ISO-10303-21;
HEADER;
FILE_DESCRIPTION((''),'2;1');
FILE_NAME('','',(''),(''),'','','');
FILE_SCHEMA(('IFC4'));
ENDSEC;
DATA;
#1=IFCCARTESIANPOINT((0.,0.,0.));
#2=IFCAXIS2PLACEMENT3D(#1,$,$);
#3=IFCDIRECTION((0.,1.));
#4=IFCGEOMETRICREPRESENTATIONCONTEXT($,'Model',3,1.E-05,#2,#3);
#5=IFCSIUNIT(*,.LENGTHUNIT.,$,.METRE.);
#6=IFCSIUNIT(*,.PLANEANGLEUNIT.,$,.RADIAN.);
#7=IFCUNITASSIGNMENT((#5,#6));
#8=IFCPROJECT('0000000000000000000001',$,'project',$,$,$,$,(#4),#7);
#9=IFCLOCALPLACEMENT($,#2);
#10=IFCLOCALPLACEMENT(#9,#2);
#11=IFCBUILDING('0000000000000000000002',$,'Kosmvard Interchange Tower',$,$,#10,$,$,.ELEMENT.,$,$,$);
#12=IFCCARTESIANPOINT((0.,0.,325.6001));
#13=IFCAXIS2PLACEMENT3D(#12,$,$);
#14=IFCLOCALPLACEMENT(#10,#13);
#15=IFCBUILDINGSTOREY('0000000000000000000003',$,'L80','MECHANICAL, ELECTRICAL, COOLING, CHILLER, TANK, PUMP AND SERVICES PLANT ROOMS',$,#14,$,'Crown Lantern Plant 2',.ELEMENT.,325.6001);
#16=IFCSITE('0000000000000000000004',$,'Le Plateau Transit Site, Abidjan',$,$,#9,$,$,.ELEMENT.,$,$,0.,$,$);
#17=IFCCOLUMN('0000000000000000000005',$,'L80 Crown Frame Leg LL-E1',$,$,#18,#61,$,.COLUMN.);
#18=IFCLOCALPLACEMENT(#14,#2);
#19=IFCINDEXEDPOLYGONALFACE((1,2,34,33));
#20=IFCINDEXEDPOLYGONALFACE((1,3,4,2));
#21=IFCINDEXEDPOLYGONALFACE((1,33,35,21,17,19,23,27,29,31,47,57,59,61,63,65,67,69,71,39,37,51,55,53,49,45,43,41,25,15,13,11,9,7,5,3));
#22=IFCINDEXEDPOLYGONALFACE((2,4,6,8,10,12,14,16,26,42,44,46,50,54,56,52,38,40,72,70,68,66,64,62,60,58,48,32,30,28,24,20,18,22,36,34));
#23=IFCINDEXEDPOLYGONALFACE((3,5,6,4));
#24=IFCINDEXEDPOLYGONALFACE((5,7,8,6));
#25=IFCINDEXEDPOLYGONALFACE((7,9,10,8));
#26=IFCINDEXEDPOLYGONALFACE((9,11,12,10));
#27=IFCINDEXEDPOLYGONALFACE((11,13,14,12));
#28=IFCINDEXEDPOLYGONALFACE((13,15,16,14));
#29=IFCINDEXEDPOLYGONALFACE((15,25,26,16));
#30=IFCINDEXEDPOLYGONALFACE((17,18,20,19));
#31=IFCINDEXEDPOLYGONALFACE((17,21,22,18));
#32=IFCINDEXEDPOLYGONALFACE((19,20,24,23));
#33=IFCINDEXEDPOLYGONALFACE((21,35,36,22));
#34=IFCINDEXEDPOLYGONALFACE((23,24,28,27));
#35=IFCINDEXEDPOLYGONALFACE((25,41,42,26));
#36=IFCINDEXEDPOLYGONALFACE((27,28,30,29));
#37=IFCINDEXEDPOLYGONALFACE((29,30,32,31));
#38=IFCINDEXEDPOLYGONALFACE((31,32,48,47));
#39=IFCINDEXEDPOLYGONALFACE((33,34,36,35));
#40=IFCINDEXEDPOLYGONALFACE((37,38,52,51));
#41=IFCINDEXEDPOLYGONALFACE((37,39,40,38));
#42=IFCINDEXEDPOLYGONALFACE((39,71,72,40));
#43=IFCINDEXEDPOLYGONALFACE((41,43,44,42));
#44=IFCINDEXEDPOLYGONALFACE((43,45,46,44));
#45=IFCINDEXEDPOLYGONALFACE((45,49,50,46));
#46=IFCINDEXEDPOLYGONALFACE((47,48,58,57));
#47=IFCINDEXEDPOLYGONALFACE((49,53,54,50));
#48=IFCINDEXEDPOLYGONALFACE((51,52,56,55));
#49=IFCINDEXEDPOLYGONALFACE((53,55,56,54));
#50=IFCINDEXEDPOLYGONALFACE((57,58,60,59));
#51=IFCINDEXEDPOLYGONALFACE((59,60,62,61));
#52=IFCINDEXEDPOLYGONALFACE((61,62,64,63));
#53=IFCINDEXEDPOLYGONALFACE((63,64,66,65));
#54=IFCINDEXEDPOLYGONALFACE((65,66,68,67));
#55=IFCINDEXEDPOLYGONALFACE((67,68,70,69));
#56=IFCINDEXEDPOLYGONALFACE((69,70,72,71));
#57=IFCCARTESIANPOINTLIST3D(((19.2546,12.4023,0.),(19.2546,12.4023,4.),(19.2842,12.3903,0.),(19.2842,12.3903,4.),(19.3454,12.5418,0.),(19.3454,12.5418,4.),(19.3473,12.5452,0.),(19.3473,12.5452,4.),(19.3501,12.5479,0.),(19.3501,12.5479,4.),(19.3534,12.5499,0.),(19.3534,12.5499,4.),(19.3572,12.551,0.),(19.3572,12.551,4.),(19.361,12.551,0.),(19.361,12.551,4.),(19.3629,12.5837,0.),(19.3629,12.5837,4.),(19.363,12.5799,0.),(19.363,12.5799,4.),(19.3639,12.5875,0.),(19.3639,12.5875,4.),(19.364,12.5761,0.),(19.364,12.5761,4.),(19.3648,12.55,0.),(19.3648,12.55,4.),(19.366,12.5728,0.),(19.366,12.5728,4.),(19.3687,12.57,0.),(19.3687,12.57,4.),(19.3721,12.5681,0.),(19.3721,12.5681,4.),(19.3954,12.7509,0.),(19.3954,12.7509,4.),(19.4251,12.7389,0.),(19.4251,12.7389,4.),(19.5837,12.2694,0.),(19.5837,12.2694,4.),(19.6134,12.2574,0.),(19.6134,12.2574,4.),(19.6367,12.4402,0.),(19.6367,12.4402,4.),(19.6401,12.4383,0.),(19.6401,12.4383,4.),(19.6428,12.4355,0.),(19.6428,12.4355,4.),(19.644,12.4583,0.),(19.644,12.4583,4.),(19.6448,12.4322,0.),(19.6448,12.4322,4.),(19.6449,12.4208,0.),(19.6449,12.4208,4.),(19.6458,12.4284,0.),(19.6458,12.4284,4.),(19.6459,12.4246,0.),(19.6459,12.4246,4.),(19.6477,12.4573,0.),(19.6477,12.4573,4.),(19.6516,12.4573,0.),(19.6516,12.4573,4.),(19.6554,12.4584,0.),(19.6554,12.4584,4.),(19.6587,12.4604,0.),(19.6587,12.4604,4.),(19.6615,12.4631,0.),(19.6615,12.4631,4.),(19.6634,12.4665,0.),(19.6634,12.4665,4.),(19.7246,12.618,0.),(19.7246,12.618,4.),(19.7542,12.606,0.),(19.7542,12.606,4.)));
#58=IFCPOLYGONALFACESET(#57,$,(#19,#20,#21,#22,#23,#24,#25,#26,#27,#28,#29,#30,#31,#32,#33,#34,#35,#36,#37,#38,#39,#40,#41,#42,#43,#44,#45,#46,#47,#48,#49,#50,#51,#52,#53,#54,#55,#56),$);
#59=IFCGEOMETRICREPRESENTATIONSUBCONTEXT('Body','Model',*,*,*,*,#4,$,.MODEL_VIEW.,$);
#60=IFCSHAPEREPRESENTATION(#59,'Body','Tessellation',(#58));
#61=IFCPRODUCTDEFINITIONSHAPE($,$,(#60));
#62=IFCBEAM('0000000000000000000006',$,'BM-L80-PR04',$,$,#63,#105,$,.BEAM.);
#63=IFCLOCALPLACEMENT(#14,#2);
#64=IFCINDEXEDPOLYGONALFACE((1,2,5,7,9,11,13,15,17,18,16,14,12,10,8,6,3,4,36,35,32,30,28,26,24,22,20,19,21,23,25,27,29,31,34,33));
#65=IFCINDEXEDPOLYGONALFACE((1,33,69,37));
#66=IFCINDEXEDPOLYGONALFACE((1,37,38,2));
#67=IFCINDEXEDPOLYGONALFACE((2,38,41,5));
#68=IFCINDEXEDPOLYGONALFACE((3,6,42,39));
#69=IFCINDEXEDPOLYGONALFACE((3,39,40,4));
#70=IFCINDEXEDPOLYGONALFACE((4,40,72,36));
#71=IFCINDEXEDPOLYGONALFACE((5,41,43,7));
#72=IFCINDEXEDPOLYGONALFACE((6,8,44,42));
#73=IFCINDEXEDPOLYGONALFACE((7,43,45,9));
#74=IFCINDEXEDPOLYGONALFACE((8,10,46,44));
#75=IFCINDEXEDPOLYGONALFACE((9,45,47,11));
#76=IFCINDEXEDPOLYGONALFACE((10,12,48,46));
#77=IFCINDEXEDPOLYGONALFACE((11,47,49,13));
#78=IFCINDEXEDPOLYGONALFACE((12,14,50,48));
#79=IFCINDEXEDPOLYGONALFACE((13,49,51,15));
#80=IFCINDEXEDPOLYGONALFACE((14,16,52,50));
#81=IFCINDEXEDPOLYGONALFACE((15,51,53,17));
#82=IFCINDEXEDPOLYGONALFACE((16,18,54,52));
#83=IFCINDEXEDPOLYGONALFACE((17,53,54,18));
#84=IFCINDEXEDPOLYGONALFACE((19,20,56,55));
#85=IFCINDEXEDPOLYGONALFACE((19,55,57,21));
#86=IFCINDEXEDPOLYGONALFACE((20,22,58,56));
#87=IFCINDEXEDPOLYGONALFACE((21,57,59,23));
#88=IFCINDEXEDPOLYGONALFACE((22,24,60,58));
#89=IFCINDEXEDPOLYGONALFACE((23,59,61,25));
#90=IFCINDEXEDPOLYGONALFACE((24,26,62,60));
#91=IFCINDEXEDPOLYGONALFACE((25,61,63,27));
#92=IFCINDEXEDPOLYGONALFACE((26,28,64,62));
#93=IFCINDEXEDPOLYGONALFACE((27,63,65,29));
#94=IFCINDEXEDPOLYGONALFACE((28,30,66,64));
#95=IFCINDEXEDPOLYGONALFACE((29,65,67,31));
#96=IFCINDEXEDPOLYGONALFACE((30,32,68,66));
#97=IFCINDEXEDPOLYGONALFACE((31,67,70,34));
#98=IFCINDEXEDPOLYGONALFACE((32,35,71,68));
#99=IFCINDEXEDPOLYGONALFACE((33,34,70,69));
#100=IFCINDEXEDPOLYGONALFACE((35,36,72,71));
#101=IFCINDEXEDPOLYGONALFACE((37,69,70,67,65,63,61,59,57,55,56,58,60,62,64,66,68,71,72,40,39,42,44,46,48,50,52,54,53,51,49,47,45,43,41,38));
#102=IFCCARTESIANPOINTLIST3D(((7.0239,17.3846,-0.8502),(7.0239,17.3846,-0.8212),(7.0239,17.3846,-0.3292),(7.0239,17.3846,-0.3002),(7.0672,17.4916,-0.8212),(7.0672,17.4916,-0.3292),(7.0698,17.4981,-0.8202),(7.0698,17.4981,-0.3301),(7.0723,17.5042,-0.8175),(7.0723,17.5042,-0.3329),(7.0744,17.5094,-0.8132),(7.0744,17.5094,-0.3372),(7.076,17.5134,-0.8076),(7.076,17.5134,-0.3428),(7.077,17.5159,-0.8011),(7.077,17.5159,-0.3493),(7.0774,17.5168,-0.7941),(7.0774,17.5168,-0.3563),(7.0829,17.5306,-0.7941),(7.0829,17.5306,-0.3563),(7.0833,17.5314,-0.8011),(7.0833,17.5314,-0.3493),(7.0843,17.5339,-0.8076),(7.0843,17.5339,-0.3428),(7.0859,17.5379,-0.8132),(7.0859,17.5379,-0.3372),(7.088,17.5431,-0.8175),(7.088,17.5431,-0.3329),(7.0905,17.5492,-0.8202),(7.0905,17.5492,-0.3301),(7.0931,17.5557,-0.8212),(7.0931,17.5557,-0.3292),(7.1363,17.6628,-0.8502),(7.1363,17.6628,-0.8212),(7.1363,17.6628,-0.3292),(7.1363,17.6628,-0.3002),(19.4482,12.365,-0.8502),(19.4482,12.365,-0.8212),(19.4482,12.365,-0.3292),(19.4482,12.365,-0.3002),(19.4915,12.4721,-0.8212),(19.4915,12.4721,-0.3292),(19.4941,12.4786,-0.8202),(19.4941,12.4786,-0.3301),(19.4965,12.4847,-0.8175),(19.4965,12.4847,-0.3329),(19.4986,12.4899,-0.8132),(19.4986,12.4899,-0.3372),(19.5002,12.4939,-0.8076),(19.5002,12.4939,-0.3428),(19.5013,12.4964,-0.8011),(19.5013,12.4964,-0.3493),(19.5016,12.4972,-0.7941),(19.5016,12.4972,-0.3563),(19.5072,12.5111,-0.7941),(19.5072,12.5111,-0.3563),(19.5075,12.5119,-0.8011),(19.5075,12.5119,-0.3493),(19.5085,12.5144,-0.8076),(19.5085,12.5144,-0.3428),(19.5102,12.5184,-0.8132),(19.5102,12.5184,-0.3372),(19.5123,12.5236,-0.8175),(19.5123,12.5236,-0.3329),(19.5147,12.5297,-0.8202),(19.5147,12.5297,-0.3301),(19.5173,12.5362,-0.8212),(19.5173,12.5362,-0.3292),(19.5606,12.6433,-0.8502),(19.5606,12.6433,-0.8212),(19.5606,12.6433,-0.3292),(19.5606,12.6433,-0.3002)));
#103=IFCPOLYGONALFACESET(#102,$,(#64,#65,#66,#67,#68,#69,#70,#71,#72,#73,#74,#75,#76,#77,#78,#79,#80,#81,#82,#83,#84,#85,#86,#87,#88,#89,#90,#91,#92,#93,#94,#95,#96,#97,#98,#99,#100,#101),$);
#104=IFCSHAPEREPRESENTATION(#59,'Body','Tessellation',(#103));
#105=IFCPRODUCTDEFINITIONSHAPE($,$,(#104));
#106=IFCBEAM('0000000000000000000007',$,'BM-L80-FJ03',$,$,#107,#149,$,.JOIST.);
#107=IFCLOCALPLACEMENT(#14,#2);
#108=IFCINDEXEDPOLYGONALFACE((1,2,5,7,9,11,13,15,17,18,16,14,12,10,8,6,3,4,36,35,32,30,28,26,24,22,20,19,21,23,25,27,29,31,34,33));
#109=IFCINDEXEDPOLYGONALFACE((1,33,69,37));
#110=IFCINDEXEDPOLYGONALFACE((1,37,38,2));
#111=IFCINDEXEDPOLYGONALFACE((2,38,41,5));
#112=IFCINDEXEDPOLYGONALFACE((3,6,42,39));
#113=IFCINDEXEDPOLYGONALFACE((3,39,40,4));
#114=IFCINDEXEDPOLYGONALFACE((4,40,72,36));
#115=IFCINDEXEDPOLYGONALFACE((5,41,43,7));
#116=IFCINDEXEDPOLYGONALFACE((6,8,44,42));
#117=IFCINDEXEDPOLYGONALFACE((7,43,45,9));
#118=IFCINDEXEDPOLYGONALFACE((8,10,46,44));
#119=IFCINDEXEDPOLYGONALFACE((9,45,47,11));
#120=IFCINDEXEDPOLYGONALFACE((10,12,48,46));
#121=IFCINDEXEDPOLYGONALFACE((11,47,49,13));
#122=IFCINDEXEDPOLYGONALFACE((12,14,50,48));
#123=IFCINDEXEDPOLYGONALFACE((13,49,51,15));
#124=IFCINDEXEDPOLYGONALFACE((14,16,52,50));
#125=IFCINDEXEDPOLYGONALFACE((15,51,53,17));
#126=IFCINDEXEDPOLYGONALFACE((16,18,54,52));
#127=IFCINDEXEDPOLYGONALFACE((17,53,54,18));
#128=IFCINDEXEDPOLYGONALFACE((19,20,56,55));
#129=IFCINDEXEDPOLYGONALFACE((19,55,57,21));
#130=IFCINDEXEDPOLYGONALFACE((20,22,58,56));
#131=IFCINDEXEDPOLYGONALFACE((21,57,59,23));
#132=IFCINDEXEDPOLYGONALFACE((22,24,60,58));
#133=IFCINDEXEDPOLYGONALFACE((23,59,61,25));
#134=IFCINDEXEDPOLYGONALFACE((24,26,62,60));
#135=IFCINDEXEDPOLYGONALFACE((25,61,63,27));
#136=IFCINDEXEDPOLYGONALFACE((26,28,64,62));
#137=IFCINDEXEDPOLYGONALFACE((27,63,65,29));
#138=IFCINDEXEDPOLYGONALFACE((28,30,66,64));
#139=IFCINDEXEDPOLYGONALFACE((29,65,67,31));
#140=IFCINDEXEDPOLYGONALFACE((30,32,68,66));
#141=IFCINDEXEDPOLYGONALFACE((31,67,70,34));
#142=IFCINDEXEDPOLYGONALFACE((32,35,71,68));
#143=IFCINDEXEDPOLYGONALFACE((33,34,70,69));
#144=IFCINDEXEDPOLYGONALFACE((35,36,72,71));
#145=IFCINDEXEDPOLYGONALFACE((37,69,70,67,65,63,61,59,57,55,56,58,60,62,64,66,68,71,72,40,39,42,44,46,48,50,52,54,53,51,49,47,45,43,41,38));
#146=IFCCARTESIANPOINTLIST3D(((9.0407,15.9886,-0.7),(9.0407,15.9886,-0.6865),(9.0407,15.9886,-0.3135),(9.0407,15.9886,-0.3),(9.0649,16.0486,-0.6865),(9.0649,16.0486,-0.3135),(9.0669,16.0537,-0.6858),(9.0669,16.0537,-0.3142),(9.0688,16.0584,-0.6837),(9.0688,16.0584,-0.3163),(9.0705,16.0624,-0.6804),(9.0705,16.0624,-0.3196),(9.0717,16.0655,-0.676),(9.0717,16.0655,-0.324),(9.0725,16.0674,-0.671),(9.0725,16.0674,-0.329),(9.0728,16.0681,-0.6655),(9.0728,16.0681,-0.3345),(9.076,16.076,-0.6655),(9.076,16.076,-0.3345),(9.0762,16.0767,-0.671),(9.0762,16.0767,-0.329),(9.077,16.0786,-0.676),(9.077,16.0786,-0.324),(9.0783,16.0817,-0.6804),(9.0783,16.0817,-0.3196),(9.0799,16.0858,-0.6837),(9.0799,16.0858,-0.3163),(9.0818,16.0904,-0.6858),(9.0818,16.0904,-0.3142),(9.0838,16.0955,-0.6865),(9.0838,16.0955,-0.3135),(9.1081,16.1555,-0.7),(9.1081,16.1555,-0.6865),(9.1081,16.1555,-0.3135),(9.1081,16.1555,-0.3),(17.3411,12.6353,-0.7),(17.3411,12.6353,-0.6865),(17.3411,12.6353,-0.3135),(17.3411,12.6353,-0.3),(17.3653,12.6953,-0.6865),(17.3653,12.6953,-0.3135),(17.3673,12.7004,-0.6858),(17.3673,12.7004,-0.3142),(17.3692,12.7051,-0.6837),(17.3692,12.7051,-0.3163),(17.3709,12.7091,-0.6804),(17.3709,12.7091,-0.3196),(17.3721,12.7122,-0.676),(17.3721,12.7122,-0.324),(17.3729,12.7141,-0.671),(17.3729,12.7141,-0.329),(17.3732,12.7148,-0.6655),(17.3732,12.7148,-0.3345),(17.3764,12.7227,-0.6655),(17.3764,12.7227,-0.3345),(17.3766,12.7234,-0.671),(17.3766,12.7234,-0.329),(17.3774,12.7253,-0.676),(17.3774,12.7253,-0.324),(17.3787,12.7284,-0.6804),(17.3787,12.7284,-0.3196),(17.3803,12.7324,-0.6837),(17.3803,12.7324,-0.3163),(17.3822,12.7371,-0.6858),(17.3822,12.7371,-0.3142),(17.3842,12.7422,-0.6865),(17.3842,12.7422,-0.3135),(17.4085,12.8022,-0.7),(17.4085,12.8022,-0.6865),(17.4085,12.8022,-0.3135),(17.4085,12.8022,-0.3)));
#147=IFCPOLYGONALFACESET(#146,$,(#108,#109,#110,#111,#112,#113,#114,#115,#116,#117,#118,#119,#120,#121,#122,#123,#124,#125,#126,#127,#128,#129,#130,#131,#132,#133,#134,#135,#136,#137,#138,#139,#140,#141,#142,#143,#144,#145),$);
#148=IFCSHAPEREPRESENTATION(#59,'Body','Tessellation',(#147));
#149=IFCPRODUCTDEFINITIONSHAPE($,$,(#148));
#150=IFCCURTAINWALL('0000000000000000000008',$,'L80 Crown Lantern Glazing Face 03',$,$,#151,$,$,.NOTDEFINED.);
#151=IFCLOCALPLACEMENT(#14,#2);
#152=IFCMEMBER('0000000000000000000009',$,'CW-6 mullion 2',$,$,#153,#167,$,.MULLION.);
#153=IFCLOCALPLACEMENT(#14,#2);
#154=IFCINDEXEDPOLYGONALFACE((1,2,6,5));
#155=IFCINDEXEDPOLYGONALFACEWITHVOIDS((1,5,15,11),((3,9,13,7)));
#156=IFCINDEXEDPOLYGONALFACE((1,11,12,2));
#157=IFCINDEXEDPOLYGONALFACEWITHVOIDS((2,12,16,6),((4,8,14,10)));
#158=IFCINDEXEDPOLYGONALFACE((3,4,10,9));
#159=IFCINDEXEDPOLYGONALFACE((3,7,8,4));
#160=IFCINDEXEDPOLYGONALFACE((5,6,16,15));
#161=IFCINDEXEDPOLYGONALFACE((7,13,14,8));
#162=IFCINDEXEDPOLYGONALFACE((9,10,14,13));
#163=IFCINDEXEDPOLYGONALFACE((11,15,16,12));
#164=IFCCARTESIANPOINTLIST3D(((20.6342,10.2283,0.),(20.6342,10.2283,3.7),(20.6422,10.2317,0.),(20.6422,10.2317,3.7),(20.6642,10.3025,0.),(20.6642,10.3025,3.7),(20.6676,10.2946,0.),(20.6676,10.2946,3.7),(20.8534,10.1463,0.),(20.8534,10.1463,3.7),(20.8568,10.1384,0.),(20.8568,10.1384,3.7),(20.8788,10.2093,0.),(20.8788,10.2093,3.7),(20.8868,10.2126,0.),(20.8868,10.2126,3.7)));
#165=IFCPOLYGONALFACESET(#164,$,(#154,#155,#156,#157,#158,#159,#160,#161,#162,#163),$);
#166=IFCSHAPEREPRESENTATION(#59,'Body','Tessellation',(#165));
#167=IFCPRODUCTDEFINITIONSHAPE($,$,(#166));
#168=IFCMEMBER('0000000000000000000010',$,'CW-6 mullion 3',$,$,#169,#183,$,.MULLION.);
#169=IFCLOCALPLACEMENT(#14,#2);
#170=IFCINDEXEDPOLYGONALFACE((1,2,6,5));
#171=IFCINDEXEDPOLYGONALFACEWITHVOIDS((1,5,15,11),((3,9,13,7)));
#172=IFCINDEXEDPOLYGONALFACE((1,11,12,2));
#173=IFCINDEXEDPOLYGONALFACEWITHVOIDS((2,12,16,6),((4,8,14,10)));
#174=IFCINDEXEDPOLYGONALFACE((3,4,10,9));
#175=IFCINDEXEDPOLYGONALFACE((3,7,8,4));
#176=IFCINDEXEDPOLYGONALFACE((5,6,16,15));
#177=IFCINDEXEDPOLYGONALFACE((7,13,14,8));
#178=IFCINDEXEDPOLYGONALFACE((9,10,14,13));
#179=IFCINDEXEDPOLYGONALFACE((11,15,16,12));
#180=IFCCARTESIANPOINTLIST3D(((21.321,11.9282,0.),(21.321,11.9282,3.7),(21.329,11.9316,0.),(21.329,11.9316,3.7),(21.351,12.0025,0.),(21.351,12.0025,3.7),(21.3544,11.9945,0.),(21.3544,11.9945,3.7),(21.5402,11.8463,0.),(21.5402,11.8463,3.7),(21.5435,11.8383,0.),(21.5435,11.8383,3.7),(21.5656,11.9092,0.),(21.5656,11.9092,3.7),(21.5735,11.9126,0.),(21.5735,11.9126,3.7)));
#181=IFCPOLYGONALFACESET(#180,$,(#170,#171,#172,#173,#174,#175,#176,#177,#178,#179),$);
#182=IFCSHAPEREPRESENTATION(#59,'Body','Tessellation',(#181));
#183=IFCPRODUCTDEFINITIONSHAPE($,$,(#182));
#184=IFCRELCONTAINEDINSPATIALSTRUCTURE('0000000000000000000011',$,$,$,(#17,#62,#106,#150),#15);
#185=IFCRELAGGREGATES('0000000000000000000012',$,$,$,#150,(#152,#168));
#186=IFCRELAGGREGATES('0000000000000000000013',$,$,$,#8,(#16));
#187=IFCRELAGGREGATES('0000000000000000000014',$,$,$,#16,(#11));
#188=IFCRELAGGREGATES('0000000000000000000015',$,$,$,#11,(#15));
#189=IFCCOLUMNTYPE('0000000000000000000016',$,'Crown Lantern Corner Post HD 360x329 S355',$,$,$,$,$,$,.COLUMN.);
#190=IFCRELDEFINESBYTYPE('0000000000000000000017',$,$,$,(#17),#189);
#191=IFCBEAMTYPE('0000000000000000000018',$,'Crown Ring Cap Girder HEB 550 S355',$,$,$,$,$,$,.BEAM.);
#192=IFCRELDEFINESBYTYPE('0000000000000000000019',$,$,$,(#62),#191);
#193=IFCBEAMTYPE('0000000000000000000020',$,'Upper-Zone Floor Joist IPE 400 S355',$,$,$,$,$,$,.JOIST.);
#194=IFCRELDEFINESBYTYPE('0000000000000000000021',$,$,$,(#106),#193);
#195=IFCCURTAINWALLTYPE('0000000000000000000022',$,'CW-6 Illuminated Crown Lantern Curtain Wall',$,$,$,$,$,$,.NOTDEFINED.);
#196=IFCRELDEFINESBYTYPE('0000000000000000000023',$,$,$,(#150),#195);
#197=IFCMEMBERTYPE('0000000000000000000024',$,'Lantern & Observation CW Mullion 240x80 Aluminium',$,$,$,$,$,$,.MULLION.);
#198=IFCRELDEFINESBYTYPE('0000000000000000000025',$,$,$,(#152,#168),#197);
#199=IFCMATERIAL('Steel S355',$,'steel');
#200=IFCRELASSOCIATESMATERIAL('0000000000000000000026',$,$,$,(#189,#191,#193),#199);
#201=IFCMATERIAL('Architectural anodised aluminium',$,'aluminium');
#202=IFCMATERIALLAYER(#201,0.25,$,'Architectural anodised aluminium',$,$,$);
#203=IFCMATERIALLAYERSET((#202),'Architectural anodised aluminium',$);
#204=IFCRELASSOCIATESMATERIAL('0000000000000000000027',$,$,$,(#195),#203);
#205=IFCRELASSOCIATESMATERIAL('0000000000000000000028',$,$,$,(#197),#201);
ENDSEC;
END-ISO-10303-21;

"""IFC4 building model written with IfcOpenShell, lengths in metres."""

from ifc_helpers import new_model, si_unit, direction, frame, origin, origin_2d, place, context, subcontext, project, spatial, hollow_rectangle, i_section, extrude, source, transform, mapped, material, layer, layer_set, material_profile, profile_set, type_object, element, aggregate, save


model = new_model("IFC4")

# Units and contexts
model_context = context("Model", 3, precision=1e-05, world=origin(), true_north=direction((0.0, 1.0)))
body_context = subcontext(model_context, "Body", "Model", "MODEL_VIEW")
ifc_project = project(units=[si_unit("LENGTHUNIT", "METRE"), si_unit("PLANEANGLEUNIT", "RADIAN")], contexts=[model_context])

# Site, building, storey
site_placement = place(None, origin())
site = spatial("IfcSite", under=ifc_project, at=site_placement, Name="Le Plateau Transit Site, Abidjan", CompositionType="ELEMENT", RefElevation=0.0)
building_placement = place(site_placement, origin())
building = spatial("IfcBuilding", under=site, at=building_placement, Name="Kosmvard Interchange Tower", CompositionType="ELEMENT")
storey_placement = place(building_placement, frame((0.0, 0.0, 325.6001)))
storey = spatial("IfcBuildingStorey", under=building, at=storey_placement, Name="L80", Description="MECHANICAL, ELECTRICAL, COOLING, CHILLER, TANK, PUMP AND SERVICES PLANT ROOMS", LongName="Crown Lantern Plant 2", CompositionType="ELEMENT", Elevation=325.6001)

# Column
ifc_material_1 = material(Name="Steel S355", Category="steel")
ifc_material_profile_1 = material_profile(ifc_material_1, i_section(OverallWidth=0.376, OverallDepth=0.387, WebThickness=0.0195, FlangeThickness=0.032, FilletRadius=0.0149, at=origin_2d()), Name="HD 360x329")
ifc_profile_set_1 = profile_set([ifc_material_profile_1], Name="Steel S355")
column_type = type_object("IfcColumnType", Name="Crown Lantern Corner Post HD 360x329 S355", PredefinedType="COLUMN", material=ifc_profile_set_1)
shared_shape_1 = source(origin(), body_context, "Body", "SweptSolid", [
    extrude(i_section(OverallWidth=0.376, OverallDepth=0.387, WebThickness=0.0195, FlangeThickness=0.032, FilletRadius=0.0149, at=origin_2d()), origin(), (0.0, 0.0, 1.0), 4.0),
])
column_placement = place(storey_placement, frame((19.5044, 12.5042, 0.0), z_axis=(0.0, 0.0, 1.0), x_axis=(0.374607, 0.927184, 0.0)))
element("IfcColumn", 1, at=column_placement, inside=storey, type_object=column_type, Name="L80 Crown Frame Leg LL-E1", PredefinedType="COLUMN", context=body_context, shape_type="MappedRepresentation", body=[
    mapped(shared_shape_1, transform((0.0, 0.0, 0.0), scale=1.0)),
])

# Beams
ifc_material_profile_2 = material_profile(ifc_material_1, i_section(OverallWidth=0.3, OverallDepth=0.55, WebThickness=0.0149, FlangeThickness=0.0291, FilletRadius=0.0271, at=origin_2d()), Name="HEB 550")
ifc_profile_set_2 = profile_set([ifc_material_profile_2], Name="Steel S355")
beam_type_1 = type_object("IfcBeamType", Name="Crown Ring Cap Girder HEB 550 S355", PredefinedType="BEAM", material=ifc_profile_set_2)
shared_shape_2 = source(origin(), body_context, "Body", "SweptSolid", [
    extrude(i_section(OverallWidth=0.3, OverallDepth=0.55, WebThickness=0.0149, FlangeThickness=0.0291, FilletRadius=0.0271, at=origin_2d()), origin(), (0.0, 0.0, 1.0), 13.3999),
])
beam_1_placement = place(storey_placement, frame((19.5044, 12.5042, -0.5752), z_axis=(-0.92719, 0.374593, 0.0), x_axis=(-0.374593, -0.92719, 0.0)))
element("IfcBeam", 2, at=beam_1_placement, inside=storey, type_object=beam_type_1, Name="BM-L80-PR04", PredefinedType="BEAM", context=body_context, shape_type="MappedRepresentation", body=[
    mapped(shared_shape_2, transform((0.0, 0.0, 0.0), scale=1.0)),
])
ifc_material_profile_3 = material_profile(ifc_material_1, i_section(OverallWidth=0.1799, OverallDepth=0.3999, WebThickness=0.0085, FlangeThickness=0.0134, FilletRadius=0.021, at=origin_2d()), Name="IPE 400")
ifc_profile_set_3 = profile_set([ifc_material_profile_3], Name="Steel S355")
beam_type_2 = type_object("IfcBeamType", Name="Upper-Zone Floor Joist IPE 400 S355", PredefinedType="JOIST", material=ifc_profile_set_3)
shared_shape_3 = source(origin(), body_context, "Body", "SweptSolid", [
    extrude(i_section(OverallWidth=0.1799, OverallDepth=0.3999, WebThickness=0.0085, FlangeThickness=0.0134, FilletRadius=0.021, at=origin_2d()), origin(), (0.0, 0.0, 1.0), 8.9521),
])
beam_2_placement = place(storey_placement, frame((17.3748, 12.7188, -0.5), z_axis=(-0.927194, 0.374581, 0.0), x_axis=(-0.374581, -0.927194, 0.0)))
element("IfcBeam", 3, at=beam_2_placement, inside=storey, type_object=beam_type_2, Name="BM-L80-FJ03", PredefinedType="JOIST", context=body_context, shape_type="MappedRepresentation", body=[
    mapped(shared_shape_3, transform((0.0, 0.0, 0.0), scale=1.0)),
])

# Curtain wall, members
ifc_material_2 = material(Name="Architectural anodised aluminium", Category="aluminium")
ifc_layer_1 = layer(ifc_material_2, 0.25, Name="Architectural anodised aluminium")
ifc_layer_set_1 = layer_set([ifc_layer_1], Name="Architectural anodised aluminium")
curtain_wall_type = type_object("IfcCurtainWallType", Name="CW-6 Illuminated Crown Lantern Curtain Wall", PredefinedType="NOTDEFINED", material=ifc_layer_set_1)
curtain_wall_placement = place(storey_placement, origin())
curtain_wall = element("IfcCurtainWall", 4, at=curtain_wall_placement, inside=storey, type_object=curtain_wall_type, Name="L80 Crown Lantern Glazing Face 03", PredefinedType="NOTDEFINED")
ifc_material_profile_4 = material_profile(ifc_material_2, hollow_rectangle(XDim=0.24, YDim=0.0801, WallThickness=0.0061, at=origin_2d()), Name="CWM 240x80x6")
ifc_profile_set_4 = profile_set([ifc_material_profile_4], Name="Architectural anodised aluminium")
member_type_1 = type_object("IfcMemberType", Name="Lantern & Observation CW Mullion 240x80 Aluminium", PredefinedType="MULLION", material=ifc_profile_set_4)
shared_shape_4 = source(origin(), body_context, "Body", "SweptSolid", [
    extrude(hollow_rectangle(XDim=0.24, YDim=0.0801, WallThickness=0.0061, at=origin_2d()), origin(), (0.0, 0.0, 1.0), 3.7),
])
member_1_placement = place(storey_placement, frame((20.7605, 10.2205, 0.0), z_axis=(0.0, 0.0, 1.0), x_axis=(-0.927184, 0.374607, 0.0)))
member_1 = element("IfcMember", 5, at=member_1_placement, type_object=member_type_1, Name="CW-6 mullion 2", PredefinedType="MULLION", context=body_context, shape_type="MappedRepresentation", body=[
    mapped(shared_shape_4, transform((0.0, 0.0, 0.0), scale=1.0)),
])
member_2_placement = place(storey_placement, frame((21.4473, 11.9204, 0.0), z_axis=(0.0, 0.0, 1.0), x_axis=(-0.927184, 0.374607, 0.0)))
member_2 = element("IfcMember", 6, at=member_2_placement, type_object=member_type_1, Name="CW-6 mullion 3", PredefinedType="MULLION", context=body_context, shape_type="MappedRepresentation", body=[
    mapped(shared_shape_4, transform((0.0, 0.0, 0.0), scale=1.0)),
])

aggregate(curtain_wall, [member_1, member_2])

save(model, "model.ifc")
